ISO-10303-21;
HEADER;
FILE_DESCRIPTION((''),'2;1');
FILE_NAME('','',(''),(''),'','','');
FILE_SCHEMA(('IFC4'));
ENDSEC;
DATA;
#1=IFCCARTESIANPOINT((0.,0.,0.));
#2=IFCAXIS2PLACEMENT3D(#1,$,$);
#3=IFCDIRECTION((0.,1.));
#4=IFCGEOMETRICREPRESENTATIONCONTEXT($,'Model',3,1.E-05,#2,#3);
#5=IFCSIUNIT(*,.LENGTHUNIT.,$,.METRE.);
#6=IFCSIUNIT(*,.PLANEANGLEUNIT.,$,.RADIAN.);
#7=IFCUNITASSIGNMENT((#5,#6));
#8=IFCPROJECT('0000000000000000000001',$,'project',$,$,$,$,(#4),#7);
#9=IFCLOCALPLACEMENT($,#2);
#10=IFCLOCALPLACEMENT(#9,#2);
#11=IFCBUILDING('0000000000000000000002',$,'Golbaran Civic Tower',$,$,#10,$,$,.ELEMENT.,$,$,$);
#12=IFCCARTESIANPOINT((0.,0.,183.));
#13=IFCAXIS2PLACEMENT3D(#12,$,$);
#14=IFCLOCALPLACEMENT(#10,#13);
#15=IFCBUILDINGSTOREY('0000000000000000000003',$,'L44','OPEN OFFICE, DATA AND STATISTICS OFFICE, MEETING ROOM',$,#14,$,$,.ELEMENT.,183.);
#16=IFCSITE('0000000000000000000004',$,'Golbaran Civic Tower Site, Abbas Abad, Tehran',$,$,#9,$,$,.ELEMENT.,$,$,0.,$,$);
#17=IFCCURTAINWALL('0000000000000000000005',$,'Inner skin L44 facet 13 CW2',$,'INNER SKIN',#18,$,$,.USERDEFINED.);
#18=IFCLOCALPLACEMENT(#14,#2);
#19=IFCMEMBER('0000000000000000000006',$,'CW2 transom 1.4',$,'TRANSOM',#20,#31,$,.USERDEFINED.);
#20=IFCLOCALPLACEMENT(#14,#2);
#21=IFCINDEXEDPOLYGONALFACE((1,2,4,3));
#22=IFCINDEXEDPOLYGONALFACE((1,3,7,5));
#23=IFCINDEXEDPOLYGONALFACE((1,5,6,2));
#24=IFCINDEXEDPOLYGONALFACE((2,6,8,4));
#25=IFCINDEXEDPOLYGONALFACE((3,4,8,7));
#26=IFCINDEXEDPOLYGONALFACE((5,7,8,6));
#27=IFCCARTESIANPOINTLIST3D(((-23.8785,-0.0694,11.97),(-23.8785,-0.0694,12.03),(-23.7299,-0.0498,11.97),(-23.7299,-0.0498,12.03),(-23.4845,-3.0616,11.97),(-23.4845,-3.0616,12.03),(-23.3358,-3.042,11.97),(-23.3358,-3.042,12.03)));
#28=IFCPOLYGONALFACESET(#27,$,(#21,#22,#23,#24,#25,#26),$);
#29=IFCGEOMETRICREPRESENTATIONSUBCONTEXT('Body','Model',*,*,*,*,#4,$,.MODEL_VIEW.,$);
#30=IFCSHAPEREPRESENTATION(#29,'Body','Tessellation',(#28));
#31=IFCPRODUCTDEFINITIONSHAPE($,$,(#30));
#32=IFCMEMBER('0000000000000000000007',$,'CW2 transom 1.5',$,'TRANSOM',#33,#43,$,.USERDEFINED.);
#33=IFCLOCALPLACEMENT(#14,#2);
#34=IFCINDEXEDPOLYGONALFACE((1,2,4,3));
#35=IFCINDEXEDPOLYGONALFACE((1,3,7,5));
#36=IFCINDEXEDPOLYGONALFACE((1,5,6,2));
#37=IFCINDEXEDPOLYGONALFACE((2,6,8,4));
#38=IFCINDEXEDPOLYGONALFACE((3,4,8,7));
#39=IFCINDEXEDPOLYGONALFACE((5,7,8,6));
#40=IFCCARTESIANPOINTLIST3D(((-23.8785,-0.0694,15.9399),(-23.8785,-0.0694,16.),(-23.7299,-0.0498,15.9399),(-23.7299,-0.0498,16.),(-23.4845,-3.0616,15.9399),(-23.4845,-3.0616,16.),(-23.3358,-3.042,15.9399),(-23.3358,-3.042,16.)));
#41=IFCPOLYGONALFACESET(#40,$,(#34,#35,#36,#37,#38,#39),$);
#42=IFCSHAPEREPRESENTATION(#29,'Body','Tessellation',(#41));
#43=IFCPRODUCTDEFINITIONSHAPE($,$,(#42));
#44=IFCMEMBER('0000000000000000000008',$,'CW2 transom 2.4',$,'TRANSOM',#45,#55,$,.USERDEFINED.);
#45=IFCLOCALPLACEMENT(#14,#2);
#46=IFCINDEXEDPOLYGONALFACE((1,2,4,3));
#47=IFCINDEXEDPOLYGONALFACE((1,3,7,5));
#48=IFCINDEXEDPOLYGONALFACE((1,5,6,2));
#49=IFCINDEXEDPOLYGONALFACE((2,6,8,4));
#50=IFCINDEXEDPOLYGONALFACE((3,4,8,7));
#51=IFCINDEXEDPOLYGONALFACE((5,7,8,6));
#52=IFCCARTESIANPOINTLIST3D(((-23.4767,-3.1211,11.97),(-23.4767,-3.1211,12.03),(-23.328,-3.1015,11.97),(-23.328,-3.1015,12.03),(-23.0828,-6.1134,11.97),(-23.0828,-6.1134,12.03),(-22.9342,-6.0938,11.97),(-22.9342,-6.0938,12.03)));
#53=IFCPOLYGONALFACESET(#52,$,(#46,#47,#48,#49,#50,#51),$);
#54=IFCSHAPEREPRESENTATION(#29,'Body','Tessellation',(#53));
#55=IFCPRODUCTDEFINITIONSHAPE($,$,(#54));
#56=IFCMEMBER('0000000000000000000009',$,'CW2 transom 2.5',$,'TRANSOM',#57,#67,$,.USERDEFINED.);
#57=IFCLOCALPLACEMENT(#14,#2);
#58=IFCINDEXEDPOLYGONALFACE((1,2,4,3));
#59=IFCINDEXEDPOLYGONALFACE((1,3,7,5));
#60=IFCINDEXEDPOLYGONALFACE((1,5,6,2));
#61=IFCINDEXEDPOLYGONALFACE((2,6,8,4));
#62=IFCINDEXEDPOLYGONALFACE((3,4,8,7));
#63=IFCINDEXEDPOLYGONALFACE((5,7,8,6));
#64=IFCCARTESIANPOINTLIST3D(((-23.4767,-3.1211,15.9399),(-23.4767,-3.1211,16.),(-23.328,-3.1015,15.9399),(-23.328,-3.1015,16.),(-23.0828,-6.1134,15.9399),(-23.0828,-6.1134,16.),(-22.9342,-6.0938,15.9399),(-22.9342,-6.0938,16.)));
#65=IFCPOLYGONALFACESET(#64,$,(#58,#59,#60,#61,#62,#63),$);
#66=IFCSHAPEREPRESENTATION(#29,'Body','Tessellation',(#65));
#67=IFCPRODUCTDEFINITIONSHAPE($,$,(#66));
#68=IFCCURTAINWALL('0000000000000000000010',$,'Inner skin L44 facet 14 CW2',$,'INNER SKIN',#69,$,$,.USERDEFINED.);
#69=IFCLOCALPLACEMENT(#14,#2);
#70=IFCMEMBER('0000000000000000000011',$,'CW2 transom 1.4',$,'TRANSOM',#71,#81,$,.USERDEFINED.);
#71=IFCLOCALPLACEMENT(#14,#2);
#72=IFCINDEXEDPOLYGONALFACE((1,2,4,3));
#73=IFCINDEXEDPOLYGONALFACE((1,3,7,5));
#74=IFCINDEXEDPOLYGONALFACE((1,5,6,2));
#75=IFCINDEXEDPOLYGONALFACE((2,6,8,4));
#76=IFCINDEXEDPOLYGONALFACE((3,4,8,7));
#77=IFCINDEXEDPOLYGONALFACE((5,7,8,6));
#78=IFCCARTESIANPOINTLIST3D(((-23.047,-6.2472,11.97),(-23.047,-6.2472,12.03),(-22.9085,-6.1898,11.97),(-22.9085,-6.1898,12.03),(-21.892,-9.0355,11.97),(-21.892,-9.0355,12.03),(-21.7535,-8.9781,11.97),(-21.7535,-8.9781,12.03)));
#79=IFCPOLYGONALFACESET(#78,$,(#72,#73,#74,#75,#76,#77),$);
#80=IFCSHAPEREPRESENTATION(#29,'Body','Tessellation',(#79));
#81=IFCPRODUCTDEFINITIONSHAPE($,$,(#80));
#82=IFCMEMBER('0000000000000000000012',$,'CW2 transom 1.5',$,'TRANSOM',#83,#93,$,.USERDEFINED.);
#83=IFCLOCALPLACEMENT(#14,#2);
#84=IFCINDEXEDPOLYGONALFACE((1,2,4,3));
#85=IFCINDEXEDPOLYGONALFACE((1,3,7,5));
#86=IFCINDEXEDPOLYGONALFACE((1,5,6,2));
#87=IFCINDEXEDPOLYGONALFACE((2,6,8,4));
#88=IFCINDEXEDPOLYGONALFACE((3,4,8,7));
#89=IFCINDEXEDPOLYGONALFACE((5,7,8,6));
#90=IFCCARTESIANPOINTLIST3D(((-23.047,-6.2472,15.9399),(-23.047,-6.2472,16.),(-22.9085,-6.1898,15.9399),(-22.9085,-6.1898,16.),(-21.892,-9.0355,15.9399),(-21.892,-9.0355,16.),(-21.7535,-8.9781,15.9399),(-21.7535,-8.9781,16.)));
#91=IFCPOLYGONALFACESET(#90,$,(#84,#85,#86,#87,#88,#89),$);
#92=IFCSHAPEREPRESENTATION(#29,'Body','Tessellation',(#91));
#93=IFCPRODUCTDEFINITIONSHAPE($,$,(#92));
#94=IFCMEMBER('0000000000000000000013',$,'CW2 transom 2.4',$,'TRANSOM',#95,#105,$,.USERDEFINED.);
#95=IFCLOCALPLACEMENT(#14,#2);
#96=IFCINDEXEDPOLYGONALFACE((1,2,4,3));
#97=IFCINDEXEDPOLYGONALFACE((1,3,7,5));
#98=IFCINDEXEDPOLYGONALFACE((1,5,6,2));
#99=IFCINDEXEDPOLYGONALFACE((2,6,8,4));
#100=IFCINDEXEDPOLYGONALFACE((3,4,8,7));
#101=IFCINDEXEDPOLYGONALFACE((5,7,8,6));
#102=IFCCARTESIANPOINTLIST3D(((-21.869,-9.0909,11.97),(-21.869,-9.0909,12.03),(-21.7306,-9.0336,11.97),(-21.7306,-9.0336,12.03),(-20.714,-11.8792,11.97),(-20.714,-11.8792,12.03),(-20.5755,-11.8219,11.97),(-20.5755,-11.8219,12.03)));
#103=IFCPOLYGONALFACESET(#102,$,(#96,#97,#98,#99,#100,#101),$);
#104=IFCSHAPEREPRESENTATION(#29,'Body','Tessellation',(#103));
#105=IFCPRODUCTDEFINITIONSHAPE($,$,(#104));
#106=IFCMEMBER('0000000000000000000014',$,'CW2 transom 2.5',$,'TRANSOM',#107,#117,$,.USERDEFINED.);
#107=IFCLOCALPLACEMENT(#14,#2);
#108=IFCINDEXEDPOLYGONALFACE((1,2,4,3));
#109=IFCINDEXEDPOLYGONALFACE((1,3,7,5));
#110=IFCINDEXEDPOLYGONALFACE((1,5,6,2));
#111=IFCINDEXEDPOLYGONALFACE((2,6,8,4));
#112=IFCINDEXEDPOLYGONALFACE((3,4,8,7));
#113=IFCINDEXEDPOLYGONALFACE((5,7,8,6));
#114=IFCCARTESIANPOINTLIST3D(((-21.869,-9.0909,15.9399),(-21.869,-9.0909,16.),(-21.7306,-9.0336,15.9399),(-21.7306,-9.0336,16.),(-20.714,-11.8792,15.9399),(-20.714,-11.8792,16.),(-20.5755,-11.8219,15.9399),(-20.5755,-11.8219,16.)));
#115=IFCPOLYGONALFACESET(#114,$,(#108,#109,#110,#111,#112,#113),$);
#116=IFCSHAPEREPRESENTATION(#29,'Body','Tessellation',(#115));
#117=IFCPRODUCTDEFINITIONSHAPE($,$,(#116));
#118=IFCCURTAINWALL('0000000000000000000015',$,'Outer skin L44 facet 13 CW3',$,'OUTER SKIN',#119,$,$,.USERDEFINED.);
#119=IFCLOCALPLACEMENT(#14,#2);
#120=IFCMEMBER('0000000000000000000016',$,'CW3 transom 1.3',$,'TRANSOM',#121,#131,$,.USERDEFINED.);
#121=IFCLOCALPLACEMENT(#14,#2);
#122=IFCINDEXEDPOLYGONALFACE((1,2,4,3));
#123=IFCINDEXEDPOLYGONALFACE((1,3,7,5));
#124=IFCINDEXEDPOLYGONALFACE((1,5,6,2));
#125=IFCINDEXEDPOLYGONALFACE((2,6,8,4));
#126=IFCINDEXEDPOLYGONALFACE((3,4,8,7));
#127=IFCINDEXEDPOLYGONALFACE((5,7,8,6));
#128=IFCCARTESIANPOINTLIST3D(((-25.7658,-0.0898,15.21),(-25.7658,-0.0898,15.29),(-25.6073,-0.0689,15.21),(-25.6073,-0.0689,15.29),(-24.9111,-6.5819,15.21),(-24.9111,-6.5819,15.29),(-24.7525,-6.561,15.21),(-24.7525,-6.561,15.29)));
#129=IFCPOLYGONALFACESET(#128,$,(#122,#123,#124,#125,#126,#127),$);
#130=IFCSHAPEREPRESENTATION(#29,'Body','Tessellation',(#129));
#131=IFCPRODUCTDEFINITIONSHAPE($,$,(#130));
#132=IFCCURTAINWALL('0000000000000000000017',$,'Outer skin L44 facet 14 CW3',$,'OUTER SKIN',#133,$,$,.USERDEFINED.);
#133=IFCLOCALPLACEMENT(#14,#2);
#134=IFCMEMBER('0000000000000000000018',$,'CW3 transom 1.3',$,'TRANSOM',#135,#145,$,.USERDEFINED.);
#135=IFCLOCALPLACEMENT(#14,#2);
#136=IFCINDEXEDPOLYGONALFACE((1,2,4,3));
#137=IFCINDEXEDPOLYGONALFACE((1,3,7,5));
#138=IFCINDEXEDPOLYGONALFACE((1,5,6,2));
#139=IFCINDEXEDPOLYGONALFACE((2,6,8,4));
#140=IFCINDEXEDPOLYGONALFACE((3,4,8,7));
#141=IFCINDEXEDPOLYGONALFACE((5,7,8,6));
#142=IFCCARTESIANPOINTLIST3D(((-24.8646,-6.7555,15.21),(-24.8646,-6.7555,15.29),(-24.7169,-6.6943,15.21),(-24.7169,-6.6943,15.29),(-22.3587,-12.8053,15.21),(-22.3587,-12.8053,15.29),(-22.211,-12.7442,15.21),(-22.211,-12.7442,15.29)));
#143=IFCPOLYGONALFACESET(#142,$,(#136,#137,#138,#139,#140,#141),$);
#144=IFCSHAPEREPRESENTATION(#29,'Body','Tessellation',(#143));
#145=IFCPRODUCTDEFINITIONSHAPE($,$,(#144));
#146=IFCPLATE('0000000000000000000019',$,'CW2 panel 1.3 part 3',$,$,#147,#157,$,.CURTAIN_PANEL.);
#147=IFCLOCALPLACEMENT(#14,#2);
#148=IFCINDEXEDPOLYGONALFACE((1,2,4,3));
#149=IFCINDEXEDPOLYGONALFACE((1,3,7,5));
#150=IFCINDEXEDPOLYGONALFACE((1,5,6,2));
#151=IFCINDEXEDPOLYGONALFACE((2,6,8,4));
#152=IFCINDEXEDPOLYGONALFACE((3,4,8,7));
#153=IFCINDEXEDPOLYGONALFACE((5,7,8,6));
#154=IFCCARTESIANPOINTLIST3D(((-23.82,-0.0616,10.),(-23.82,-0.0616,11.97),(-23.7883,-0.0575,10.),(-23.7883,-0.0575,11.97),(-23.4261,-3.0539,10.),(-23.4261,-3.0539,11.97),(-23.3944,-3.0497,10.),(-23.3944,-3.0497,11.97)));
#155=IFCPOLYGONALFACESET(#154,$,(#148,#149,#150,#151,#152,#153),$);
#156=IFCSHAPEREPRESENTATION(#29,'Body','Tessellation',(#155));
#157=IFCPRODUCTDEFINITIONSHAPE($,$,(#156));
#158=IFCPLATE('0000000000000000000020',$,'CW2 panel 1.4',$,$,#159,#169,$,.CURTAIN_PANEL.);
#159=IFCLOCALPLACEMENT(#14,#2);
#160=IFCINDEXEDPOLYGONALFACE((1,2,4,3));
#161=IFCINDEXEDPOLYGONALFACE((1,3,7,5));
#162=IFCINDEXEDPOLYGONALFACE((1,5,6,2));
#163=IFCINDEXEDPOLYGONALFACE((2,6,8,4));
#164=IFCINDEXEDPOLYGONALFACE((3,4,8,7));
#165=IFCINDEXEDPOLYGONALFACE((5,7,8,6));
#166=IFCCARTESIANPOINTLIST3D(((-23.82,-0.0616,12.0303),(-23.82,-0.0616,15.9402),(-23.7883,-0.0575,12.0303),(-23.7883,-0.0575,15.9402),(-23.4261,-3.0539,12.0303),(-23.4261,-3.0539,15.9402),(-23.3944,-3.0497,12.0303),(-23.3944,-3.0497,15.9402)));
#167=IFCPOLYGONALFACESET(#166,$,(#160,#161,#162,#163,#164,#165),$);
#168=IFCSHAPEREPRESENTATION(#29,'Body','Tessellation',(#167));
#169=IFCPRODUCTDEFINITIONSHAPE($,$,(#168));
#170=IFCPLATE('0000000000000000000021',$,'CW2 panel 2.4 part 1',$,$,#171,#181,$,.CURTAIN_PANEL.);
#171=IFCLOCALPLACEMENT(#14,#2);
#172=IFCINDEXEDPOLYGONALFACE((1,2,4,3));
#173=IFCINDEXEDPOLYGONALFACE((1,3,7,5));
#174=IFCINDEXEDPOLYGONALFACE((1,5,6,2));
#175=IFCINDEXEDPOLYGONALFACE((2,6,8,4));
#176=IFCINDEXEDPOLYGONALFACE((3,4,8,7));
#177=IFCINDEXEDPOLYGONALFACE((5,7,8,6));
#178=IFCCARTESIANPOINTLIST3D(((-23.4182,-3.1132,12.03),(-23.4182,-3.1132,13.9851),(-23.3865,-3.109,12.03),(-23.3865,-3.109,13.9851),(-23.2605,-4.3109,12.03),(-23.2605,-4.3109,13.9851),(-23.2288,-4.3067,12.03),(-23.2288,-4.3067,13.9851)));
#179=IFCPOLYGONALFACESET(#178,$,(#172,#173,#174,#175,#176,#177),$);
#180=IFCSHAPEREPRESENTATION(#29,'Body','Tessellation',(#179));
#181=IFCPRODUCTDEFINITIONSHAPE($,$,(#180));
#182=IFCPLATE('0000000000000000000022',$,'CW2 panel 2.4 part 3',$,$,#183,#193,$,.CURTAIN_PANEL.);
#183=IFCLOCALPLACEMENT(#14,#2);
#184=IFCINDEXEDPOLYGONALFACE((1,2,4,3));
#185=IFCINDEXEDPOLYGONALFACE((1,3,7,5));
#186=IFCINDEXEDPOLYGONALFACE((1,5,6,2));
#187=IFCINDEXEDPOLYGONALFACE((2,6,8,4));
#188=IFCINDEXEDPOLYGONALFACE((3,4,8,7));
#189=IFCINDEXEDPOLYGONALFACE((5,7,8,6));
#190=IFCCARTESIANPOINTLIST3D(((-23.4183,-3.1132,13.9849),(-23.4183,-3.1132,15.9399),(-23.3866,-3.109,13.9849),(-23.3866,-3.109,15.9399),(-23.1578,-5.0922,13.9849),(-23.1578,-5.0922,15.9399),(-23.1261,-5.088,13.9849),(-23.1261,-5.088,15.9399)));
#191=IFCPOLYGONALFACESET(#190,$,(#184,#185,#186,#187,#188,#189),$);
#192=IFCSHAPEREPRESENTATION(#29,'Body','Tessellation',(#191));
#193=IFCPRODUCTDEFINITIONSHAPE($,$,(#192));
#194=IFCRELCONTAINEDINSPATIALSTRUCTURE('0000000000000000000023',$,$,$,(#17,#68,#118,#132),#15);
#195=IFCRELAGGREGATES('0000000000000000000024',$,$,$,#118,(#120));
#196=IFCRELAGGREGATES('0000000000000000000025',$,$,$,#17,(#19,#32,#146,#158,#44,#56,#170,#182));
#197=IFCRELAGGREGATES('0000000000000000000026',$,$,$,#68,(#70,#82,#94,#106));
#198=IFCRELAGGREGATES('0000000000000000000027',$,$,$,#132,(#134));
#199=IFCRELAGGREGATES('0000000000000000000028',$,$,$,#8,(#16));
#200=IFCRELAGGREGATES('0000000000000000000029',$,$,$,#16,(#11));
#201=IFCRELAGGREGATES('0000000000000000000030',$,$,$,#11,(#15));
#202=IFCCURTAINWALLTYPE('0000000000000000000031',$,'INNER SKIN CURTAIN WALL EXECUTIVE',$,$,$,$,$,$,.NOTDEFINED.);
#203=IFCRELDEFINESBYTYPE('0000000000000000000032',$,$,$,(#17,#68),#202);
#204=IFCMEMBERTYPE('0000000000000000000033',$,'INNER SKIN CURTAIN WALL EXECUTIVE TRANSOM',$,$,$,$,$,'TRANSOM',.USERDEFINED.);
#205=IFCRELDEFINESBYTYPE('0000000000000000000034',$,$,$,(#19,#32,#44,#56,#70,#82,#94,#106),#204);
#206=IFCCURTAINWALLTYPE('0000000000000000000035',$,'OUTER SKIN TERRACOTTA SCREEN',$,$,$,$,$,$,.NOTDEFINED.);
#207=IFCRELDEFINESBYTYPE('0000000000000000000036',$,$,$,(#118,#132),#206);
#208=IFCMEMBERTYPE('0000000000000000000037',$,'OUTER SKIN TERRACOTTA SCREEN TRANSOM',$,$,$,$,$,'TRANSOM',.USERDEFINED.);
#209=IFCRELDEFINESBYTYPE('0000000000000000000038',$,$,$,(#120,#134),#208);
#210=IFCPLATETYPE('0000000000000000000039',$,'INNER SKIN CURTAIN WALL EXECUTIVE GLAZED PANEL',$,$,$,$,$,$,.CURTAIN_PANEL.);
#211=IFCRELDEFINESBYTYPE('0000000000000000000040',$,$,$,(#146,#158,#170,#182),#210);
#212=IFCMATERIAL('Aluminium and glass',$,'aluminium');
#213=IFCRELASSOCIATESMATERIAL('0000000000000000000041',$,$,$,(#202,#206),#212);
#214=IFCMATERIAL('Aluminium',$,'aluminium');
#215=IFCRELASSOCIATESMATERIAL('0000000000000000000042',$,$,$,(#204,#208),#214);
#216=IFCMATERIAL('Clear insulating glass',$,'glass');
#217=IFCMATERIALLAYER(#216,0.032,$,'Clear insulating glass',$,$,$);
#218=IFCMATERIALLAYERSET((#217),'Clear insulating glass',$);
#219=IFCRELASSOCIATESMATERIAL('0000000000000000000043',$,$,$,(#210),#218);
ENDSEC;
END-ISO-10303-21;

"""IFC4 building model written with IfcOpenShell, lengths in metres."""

from ifc_helpers import new_model, si_unit, direction, frame, origin, origin_2d, place, context, subcontext, project, spatial, rectangle, extrude, material, layer, layer_set, material_profile, profile_set, type_object, element, aggregate, save


model = new_model("IFC4")

# Units and contexts
model_context = context("Model", 3, precision=1e-05, world=origin(), true_north=direction((0.0, 1.0)))
body_context = subcontext(model_context, "Body", "Model", "MODEL_VIEW")
ifc_project = project(units=[si_unit("LENGTHUNIT", "METRE"), si_unit("PLANEANGLEUNIT", "RADIAN")], contexts=[model_context])

# Site, building, storey
site_placement = place(None, origin())
site = spatial("IfcSite", under=ifc_project, at=site_placement, Name="Golbaran Civic Tower Site, Abbas Abad, Tehran", CompositionType="ELEMENT", RefElevation=0.0)
building_placement = place(site_placement, origin())
building = spatial("IfcBuilding", under=site, at=building_placement, Name="Golbaran Civic Tower", CompositionType="ELEMENT")
storey_placement = place(building_placement, frame((0.0, 0.0, 183.0)))
storey = spatial("IfcBuildingStorey", under=building, at=storey_placement, Name="L44", Description="OPEN OFFICE, DATA AND STATISTICS OFFICE, MEETING ROOM", CompositionType="ELEMENT", Elevation=183.0)

# Curtain walls, members
ifc_material_1 = material(Name="Aluminium and glass", Category="aluminium")
curtain_wall_type_1 = type_object("IfcCurtainWallType", Name="INNER SKIN CURTAIN WALL EXECUTIVE", PredefinedType="NOTDEFINED", material=ifc_material_1)
curtain_wall_1_placement = place(storey_placement, origin())
curtain_wall_1 = element("IfcCurtainWall", 1, at=curtain_wall_1_placement, inside=storey, type_object=curtain_wall_type_1, Name="Inner skin L44 facet 13 CW2", ObjectType="INNER SKIN", PredefinedType="USERDEFINED")
ifc_material_2 = material(Name="Aluminium", Category="aluminium")
ifc_material_profile_1 = material_profile(ifc_material_2, rectangle(XDim=0.1499, YDim=0.0601, at=origin_2d()), Name="INNER SKIN CURTAIN WALL EXECUTIVE TRANSOM")
ifc_profile_set_1 = profile_set([ifc_material_profile_1], Name="Aluminium")
member_type_1 = type_object("IfcMemberType", Name="INNER SKIN CURTAIN WALL EXECUTIVE TRANSOM", ElementType="TRANSOM", PredefinedType="USERDEFINED", material=ifc_profile_set_1)
member_1_placement = place(storey_placement, frame((-23.8042, -0.0596, 12.0), z_axis=(0.130563, -0.99144, 0.0), x_axis=(0.99144, 0.130563, 0.0)))
member_1 = element("IfcMember", 2, at=member_1_placement, type_object=member_type_1, Name="CW2 transom 1.4", ObjectType="TRANSOM", PredefinedType="USERDEFINED", context=body_context, shape_type="SweptSolid", body=[
    extrude(rectangle(XDim=0.1499, YDim=0.0601, at=origin_2d()), origin(), (0.0, 0.0, 1.0), 3.0181),
])
member_2_placement = place(storey_placement, frame((-23.8042, -0.0596, 15.97), z_axis=(0.130563, -0.99144, 0.0), x_axis=(0.99144, 0.130563, 0.0)))
member_2 = element("IfcMember", 3, at=member_2_placement, type_object=member_type_1, Name="CW2 transom 1.5", ObjectType="TRANSOM", PredefinedType="USERDEFINED", context=body_context, shape_type="SweptSolid", body=[
    extrude(rectangle(XDim=0.1499, YDim=0.0601, at=origin_2d()), origin(), (0.0, 0.0, 1.0), 3.0181),
])
member_3_placement = place(storey_placement, frame((-23.4023, -3.1113, 12.0), z_axis=(0.130484, -0.99145, 0.0), x_axis=(0.99145, 0.130484, 0.0)))
member_3 = element("IfcMember", 4, at=member_3_placement, type_object=member_type_1, Name="CW2 transom 2.4", ObjectType="TRANSOM", PredefinedType="USERDEFINED", context=body_context, shape_type="SweptSolid", body=[
    extrude(rectangle(XDim=0.1499, YDim=0.0601, at=origin_2d()), origin(), (0.0, 0.0, 1.0), 3.0181),
])
member_4_placement = place(storey_placement, frame((-23.4023, -3.1113, 15.97), z_axis=(0.130484, -0.99145, 0.0), x_axis=(0.99145, 0.130484, 0.0)))
member_4 = element("IfcMember", 5, at=member_4_placement, type_object=member_type_1, Name="CW2 transom 2.5", ObjectType="TRANSOM", PredefinedType="USERDEFINED", context=body_context, shape_type="SweptSolid", body=[
    extrude(rectangle(XDim=0.1499, YDim=0.0601, at=origin_2d()), origin(), (0.0, 0.0, 1.0), 3.0181),
])
curtain_wall_2_placement = place(storey_placement, origin())
curtain_wall_2 = element("IfcCurtainWall", 6, at=curtain_wall_2_placement, inside=storey, type_object=curtain_wall_type_1, Name="Inner skin L44 facet 14 CW2", ObjectType="INNER SKIN", PredefinedType="USERDEFINED")
member_5_placement = place(storey_placement, frame((-22.9778, -6.2185, 12.0), z_axis=(0.382702, -0.923872, 0.0), x_axis=(0.923872, 0.382702, 0.0)))
member_5 = element("IfcMember", 7, at=member_5_placement, type_object=member_type_1, Name="CW2 transom 1.4", ObjectType="TRANSOM", PredefinedType="USERDEFINED", context=body_context, shape_type="SweptSolid", body=[
    extrude(rectangle(XDim=0.1499, YDim=0.0601, at=origin_2d()), origin(), (0.0, 0.0, 1.0), 3.0181),
])
member_6_placement = place(storey_placement, frame((-22.9778, -6.2185, 15.97), z_axis=(0.382702, -0.923872, 0.0), x_axis=(0.923872, 0.382702, 0.0)))
member_6 = element("IfcMember", 8, at=member_6_placement, type_object=member_type_1, Name="CW2 transom 1.5", ObjectType="TRANSOM", PredefinedType="USERDEFINED", context=body_context, shape_type="SweptSolid", body=[
    extrude(rectangle(XDim=0.1499, YDim=0.0601, at=origin_2d()), origin(), (0.0, 0.0, 1.0), 3.0181),
])
member_7_placement = place(storey_placement, frame((-21.7998, -9.0623, 12.0), z_axis=(0.382702, -0.923872, 0.0), x_axis=(0.923872, 0.382702, 0.0)))
member_7 = element("IfcMember", 9, at=member_7_placement, type_object=member_type_1, Name="CW2 transom 2.4", ObjectType="TRANSOM", PredefinedType="USERDEFINED", context=body_context, shape_type="SweptSolid", body=[
    extrude(rectangle(XDim=0.1499, YDim=0.0601, at=origin_2d()), origin(), (0.0, 0.0, 1.0), 3.0181),
])
member_8_placement = place(storey_placement, frame((-21.7998, -9.0623, 15.97), z_axis=(0.382702, -0.923872, 0.0), x_axis=(0.923872, 0.382702, 0.0)))
member_8 = element("IfcMember", 10, at=member_8_placement, type_object=member_type_1, Name="CW2 transom 2.5", ObjectType="TRANSOM", PredefinedType="USERDEFINED", context=body_context, shape_type="SweptSolid", body=[
    extrude(rectangle(XDim=0.1499, YDim=0.0601, at=origin_2d()), origin(), (0.0, 0.0, 1.0), 3.0181),
])

# Curtain walls, members
curtain_wall_type_2 = type_object("IfcCurtainWallType", Name="OUTER SKIN TERRACOTTA SCREEN", PredefinedType="NOTDEFINED", material=ifc_material_1)
curtain_wall_3_placement = place(storey_placement, origin())
curtain_wall_3 = element("IfcCurtainWall", 11, at=curtain_wall_3_placement, inside=storey, type_object=curtain_wall_type_2, Name="Outer skin L44 facet 13 CW3", ObjectType="OUTER SKIN", PredefinedType="USERDEFINED")
ifc_material_profile_2 = material_profile(ifc_material_2, rectangle(XDim=0.1599, YDim=0.0801, at=origin_2d()), Name="OUTER SKIN TERRACOTTA SCREEN TRANSOM")
ifc_profile_set_2 = profile_set([ifc_material_profile_2], Name="Aluminium")
member_type_2 = type_object("IfcMemberType", Name="OUTER SKIN TERRACOTTA SCREEN TRANSOM", ElementType="TRANSOM", PredefinedType="USERDEFINED", material=ifc_profile_set_2)
member_9_placement = place(storey_placement, frame((-25.6865, -0.0793, 15.25), z_axis=(0.13053, -0.991444, 0.0), x_axis=(0.991444, 0.13053, 0.0)))
member_9 = element("IfcMember", 12, at=member_9_placement, type_object=member_type_2, Name="CW3 transom 1.3", ObjectType="TRANSOM", PredefinedType="USERDEFINED", context=body_context, shape_type="SweptSolid", body=[
    extrude(rectangle(XDim=0.1599, YDim=0.0801, at=origin_2d()), origin(), (0.0, 0.0, 1.0), 6.5481),
])
aggregate(curtain_wall_3, [member_9])
curtain_wall_4_placement = place(storey_placement, origin())
curtain_wall_4 = element("IfcCurtainWall", 13, at=curtain_wall_4_placement, inside=storey, type_object=curtain_wall_type_2, Name="Outer skin L44 facet 14 CW3", ObjectType="OUTER SKIN", PredefinedType="USERDEFINED")
member_10_placement = place(storey_placement, frame((-24.7908, -6.7249, 15.25), z_axis=(0.382677, -0.923882, 0.0), x_axis=(0.923882, 0.382677, 0.0)))
member_10 = element("IfcMember", 14, at=member_10_placement, type_object=member_type_2, Name="CW3 transom 1.3", ObjectType="TRANSOM", PredefinedType="USERDEFINED", context=body_context, shape_type="SweptSolid", body=[
    extrude(rectangle(XDim=0.1599, YDim=0.0801, at=origin_2d()), origin(), (0.0, 0.0, 1.0), 6.5483),
])

# Plates
ifc_material_3 = material(Name="Clear insulating glass", Category="glass")
ifc_layer_1 = layer(ifc_material_3, 0.032, Name="Clear insulating glass")
ifc_layer_set_1 = layer_set([ifc_layer_1], Name="Clear insulating glass")
plate_type_1 = type_object("IfcPlateType", Name="INNER SKIN CURTAIN WALL EXECUTIVE GLAZED PANEL", PredefinedType="CURTAIN_PANEL", material=ifc_layer_set_1)
plate_1_placement = place(storey_placement, frame((-23.6072, -1.5557, 10.0), z_axis=(0.0, 0.0, 1.0), x_axis=(0.130526, -0.991445, 0.0)))
plate_1 = element("IfcPlate", 15, at=plate_1_placement, type_object=plate_type_1, Name="CW2 panel 1.3 part 3", PredefinedType="CURTAIN_PANEL", context=body_context, shape_type="SweptSolid", body=[
    extrude(rectangle(XDim=3.0181, YDim=0.032, at=origin_2d()), origin(), (0.0, 0.0, 1.0), 1.97),
])
plate_2_placement = place(storey_placement, frame((-23.6072, -1.5557, 12.0303), z_axis=(0.0, 0.0, 1.0), x_axis=(0.130526, -0.991445, 0.0)))
plate_2 = element("IfcPlate", 16, at=plate_2_placement, type_object=plate_type_1, Name="CW2 panel 1.4", PredefinedType="CURTAIN_PANEL", context=body_context, shape_type="SweptSolid", body=[
    extrude(rectangle(XDim=3.0181, YDim=0.032, at=origin_2d()), origin(), (0.0, 0.0, 1.0), 3.9099),
])
plate_3_placement = place(storey_placement, frame((-23.3235, -3.71, 12.03), z_axis=(0.0, 0.0, 1.0), x_axis=(0.130526, -0.991445, 0.0)))
plate_3 = element("IfcPlate", 17, at=plate_3_placement, type_object=plate_type_1, Name="CW2 panel 2.4 part 1", PredefinedType="CURTAIN_PANEL", context=body_context, shape_type="SweptSolid", body=[
    extrude(rectangle(XDim=1.208, YDim=0.032, at=origin_2d()), origin(), (0.0, 0.0, 1.0), 1.9551),
])
plate_4_placement = place(storey_placement, frame((-23.2722, -4.1006, 13.9849), z_axis=(0.0, 0.0, 1.0), x_axis=(0.130526, -0.991445, 0.0)))
plate_4 = element("IfcPlate", 18, at=plate_4_placement, type_object=plate_type_1, Name="CW2 panel 2.4 part 3", PredefinedType="CURTAIN_PANEL", context=body_context, shape_type="SweptSolid", body=[
    extrude(rectangle(XDim=1.9961, YDim=0.032, at=origin_2d()), origin(), (0.0, 0.0, 1.0), 1.9551),
])
aggregate(curtain_wall_1, [member_1, member_2, plate_1, plate_2, member_3, member_4, plate_3, plate_4])
aggregate(curtain_wall_2, [member_5, member_6, member_7, member_8])
aggregate(curtain_wall_4, [member_10])

save(model, "model.ifc")
